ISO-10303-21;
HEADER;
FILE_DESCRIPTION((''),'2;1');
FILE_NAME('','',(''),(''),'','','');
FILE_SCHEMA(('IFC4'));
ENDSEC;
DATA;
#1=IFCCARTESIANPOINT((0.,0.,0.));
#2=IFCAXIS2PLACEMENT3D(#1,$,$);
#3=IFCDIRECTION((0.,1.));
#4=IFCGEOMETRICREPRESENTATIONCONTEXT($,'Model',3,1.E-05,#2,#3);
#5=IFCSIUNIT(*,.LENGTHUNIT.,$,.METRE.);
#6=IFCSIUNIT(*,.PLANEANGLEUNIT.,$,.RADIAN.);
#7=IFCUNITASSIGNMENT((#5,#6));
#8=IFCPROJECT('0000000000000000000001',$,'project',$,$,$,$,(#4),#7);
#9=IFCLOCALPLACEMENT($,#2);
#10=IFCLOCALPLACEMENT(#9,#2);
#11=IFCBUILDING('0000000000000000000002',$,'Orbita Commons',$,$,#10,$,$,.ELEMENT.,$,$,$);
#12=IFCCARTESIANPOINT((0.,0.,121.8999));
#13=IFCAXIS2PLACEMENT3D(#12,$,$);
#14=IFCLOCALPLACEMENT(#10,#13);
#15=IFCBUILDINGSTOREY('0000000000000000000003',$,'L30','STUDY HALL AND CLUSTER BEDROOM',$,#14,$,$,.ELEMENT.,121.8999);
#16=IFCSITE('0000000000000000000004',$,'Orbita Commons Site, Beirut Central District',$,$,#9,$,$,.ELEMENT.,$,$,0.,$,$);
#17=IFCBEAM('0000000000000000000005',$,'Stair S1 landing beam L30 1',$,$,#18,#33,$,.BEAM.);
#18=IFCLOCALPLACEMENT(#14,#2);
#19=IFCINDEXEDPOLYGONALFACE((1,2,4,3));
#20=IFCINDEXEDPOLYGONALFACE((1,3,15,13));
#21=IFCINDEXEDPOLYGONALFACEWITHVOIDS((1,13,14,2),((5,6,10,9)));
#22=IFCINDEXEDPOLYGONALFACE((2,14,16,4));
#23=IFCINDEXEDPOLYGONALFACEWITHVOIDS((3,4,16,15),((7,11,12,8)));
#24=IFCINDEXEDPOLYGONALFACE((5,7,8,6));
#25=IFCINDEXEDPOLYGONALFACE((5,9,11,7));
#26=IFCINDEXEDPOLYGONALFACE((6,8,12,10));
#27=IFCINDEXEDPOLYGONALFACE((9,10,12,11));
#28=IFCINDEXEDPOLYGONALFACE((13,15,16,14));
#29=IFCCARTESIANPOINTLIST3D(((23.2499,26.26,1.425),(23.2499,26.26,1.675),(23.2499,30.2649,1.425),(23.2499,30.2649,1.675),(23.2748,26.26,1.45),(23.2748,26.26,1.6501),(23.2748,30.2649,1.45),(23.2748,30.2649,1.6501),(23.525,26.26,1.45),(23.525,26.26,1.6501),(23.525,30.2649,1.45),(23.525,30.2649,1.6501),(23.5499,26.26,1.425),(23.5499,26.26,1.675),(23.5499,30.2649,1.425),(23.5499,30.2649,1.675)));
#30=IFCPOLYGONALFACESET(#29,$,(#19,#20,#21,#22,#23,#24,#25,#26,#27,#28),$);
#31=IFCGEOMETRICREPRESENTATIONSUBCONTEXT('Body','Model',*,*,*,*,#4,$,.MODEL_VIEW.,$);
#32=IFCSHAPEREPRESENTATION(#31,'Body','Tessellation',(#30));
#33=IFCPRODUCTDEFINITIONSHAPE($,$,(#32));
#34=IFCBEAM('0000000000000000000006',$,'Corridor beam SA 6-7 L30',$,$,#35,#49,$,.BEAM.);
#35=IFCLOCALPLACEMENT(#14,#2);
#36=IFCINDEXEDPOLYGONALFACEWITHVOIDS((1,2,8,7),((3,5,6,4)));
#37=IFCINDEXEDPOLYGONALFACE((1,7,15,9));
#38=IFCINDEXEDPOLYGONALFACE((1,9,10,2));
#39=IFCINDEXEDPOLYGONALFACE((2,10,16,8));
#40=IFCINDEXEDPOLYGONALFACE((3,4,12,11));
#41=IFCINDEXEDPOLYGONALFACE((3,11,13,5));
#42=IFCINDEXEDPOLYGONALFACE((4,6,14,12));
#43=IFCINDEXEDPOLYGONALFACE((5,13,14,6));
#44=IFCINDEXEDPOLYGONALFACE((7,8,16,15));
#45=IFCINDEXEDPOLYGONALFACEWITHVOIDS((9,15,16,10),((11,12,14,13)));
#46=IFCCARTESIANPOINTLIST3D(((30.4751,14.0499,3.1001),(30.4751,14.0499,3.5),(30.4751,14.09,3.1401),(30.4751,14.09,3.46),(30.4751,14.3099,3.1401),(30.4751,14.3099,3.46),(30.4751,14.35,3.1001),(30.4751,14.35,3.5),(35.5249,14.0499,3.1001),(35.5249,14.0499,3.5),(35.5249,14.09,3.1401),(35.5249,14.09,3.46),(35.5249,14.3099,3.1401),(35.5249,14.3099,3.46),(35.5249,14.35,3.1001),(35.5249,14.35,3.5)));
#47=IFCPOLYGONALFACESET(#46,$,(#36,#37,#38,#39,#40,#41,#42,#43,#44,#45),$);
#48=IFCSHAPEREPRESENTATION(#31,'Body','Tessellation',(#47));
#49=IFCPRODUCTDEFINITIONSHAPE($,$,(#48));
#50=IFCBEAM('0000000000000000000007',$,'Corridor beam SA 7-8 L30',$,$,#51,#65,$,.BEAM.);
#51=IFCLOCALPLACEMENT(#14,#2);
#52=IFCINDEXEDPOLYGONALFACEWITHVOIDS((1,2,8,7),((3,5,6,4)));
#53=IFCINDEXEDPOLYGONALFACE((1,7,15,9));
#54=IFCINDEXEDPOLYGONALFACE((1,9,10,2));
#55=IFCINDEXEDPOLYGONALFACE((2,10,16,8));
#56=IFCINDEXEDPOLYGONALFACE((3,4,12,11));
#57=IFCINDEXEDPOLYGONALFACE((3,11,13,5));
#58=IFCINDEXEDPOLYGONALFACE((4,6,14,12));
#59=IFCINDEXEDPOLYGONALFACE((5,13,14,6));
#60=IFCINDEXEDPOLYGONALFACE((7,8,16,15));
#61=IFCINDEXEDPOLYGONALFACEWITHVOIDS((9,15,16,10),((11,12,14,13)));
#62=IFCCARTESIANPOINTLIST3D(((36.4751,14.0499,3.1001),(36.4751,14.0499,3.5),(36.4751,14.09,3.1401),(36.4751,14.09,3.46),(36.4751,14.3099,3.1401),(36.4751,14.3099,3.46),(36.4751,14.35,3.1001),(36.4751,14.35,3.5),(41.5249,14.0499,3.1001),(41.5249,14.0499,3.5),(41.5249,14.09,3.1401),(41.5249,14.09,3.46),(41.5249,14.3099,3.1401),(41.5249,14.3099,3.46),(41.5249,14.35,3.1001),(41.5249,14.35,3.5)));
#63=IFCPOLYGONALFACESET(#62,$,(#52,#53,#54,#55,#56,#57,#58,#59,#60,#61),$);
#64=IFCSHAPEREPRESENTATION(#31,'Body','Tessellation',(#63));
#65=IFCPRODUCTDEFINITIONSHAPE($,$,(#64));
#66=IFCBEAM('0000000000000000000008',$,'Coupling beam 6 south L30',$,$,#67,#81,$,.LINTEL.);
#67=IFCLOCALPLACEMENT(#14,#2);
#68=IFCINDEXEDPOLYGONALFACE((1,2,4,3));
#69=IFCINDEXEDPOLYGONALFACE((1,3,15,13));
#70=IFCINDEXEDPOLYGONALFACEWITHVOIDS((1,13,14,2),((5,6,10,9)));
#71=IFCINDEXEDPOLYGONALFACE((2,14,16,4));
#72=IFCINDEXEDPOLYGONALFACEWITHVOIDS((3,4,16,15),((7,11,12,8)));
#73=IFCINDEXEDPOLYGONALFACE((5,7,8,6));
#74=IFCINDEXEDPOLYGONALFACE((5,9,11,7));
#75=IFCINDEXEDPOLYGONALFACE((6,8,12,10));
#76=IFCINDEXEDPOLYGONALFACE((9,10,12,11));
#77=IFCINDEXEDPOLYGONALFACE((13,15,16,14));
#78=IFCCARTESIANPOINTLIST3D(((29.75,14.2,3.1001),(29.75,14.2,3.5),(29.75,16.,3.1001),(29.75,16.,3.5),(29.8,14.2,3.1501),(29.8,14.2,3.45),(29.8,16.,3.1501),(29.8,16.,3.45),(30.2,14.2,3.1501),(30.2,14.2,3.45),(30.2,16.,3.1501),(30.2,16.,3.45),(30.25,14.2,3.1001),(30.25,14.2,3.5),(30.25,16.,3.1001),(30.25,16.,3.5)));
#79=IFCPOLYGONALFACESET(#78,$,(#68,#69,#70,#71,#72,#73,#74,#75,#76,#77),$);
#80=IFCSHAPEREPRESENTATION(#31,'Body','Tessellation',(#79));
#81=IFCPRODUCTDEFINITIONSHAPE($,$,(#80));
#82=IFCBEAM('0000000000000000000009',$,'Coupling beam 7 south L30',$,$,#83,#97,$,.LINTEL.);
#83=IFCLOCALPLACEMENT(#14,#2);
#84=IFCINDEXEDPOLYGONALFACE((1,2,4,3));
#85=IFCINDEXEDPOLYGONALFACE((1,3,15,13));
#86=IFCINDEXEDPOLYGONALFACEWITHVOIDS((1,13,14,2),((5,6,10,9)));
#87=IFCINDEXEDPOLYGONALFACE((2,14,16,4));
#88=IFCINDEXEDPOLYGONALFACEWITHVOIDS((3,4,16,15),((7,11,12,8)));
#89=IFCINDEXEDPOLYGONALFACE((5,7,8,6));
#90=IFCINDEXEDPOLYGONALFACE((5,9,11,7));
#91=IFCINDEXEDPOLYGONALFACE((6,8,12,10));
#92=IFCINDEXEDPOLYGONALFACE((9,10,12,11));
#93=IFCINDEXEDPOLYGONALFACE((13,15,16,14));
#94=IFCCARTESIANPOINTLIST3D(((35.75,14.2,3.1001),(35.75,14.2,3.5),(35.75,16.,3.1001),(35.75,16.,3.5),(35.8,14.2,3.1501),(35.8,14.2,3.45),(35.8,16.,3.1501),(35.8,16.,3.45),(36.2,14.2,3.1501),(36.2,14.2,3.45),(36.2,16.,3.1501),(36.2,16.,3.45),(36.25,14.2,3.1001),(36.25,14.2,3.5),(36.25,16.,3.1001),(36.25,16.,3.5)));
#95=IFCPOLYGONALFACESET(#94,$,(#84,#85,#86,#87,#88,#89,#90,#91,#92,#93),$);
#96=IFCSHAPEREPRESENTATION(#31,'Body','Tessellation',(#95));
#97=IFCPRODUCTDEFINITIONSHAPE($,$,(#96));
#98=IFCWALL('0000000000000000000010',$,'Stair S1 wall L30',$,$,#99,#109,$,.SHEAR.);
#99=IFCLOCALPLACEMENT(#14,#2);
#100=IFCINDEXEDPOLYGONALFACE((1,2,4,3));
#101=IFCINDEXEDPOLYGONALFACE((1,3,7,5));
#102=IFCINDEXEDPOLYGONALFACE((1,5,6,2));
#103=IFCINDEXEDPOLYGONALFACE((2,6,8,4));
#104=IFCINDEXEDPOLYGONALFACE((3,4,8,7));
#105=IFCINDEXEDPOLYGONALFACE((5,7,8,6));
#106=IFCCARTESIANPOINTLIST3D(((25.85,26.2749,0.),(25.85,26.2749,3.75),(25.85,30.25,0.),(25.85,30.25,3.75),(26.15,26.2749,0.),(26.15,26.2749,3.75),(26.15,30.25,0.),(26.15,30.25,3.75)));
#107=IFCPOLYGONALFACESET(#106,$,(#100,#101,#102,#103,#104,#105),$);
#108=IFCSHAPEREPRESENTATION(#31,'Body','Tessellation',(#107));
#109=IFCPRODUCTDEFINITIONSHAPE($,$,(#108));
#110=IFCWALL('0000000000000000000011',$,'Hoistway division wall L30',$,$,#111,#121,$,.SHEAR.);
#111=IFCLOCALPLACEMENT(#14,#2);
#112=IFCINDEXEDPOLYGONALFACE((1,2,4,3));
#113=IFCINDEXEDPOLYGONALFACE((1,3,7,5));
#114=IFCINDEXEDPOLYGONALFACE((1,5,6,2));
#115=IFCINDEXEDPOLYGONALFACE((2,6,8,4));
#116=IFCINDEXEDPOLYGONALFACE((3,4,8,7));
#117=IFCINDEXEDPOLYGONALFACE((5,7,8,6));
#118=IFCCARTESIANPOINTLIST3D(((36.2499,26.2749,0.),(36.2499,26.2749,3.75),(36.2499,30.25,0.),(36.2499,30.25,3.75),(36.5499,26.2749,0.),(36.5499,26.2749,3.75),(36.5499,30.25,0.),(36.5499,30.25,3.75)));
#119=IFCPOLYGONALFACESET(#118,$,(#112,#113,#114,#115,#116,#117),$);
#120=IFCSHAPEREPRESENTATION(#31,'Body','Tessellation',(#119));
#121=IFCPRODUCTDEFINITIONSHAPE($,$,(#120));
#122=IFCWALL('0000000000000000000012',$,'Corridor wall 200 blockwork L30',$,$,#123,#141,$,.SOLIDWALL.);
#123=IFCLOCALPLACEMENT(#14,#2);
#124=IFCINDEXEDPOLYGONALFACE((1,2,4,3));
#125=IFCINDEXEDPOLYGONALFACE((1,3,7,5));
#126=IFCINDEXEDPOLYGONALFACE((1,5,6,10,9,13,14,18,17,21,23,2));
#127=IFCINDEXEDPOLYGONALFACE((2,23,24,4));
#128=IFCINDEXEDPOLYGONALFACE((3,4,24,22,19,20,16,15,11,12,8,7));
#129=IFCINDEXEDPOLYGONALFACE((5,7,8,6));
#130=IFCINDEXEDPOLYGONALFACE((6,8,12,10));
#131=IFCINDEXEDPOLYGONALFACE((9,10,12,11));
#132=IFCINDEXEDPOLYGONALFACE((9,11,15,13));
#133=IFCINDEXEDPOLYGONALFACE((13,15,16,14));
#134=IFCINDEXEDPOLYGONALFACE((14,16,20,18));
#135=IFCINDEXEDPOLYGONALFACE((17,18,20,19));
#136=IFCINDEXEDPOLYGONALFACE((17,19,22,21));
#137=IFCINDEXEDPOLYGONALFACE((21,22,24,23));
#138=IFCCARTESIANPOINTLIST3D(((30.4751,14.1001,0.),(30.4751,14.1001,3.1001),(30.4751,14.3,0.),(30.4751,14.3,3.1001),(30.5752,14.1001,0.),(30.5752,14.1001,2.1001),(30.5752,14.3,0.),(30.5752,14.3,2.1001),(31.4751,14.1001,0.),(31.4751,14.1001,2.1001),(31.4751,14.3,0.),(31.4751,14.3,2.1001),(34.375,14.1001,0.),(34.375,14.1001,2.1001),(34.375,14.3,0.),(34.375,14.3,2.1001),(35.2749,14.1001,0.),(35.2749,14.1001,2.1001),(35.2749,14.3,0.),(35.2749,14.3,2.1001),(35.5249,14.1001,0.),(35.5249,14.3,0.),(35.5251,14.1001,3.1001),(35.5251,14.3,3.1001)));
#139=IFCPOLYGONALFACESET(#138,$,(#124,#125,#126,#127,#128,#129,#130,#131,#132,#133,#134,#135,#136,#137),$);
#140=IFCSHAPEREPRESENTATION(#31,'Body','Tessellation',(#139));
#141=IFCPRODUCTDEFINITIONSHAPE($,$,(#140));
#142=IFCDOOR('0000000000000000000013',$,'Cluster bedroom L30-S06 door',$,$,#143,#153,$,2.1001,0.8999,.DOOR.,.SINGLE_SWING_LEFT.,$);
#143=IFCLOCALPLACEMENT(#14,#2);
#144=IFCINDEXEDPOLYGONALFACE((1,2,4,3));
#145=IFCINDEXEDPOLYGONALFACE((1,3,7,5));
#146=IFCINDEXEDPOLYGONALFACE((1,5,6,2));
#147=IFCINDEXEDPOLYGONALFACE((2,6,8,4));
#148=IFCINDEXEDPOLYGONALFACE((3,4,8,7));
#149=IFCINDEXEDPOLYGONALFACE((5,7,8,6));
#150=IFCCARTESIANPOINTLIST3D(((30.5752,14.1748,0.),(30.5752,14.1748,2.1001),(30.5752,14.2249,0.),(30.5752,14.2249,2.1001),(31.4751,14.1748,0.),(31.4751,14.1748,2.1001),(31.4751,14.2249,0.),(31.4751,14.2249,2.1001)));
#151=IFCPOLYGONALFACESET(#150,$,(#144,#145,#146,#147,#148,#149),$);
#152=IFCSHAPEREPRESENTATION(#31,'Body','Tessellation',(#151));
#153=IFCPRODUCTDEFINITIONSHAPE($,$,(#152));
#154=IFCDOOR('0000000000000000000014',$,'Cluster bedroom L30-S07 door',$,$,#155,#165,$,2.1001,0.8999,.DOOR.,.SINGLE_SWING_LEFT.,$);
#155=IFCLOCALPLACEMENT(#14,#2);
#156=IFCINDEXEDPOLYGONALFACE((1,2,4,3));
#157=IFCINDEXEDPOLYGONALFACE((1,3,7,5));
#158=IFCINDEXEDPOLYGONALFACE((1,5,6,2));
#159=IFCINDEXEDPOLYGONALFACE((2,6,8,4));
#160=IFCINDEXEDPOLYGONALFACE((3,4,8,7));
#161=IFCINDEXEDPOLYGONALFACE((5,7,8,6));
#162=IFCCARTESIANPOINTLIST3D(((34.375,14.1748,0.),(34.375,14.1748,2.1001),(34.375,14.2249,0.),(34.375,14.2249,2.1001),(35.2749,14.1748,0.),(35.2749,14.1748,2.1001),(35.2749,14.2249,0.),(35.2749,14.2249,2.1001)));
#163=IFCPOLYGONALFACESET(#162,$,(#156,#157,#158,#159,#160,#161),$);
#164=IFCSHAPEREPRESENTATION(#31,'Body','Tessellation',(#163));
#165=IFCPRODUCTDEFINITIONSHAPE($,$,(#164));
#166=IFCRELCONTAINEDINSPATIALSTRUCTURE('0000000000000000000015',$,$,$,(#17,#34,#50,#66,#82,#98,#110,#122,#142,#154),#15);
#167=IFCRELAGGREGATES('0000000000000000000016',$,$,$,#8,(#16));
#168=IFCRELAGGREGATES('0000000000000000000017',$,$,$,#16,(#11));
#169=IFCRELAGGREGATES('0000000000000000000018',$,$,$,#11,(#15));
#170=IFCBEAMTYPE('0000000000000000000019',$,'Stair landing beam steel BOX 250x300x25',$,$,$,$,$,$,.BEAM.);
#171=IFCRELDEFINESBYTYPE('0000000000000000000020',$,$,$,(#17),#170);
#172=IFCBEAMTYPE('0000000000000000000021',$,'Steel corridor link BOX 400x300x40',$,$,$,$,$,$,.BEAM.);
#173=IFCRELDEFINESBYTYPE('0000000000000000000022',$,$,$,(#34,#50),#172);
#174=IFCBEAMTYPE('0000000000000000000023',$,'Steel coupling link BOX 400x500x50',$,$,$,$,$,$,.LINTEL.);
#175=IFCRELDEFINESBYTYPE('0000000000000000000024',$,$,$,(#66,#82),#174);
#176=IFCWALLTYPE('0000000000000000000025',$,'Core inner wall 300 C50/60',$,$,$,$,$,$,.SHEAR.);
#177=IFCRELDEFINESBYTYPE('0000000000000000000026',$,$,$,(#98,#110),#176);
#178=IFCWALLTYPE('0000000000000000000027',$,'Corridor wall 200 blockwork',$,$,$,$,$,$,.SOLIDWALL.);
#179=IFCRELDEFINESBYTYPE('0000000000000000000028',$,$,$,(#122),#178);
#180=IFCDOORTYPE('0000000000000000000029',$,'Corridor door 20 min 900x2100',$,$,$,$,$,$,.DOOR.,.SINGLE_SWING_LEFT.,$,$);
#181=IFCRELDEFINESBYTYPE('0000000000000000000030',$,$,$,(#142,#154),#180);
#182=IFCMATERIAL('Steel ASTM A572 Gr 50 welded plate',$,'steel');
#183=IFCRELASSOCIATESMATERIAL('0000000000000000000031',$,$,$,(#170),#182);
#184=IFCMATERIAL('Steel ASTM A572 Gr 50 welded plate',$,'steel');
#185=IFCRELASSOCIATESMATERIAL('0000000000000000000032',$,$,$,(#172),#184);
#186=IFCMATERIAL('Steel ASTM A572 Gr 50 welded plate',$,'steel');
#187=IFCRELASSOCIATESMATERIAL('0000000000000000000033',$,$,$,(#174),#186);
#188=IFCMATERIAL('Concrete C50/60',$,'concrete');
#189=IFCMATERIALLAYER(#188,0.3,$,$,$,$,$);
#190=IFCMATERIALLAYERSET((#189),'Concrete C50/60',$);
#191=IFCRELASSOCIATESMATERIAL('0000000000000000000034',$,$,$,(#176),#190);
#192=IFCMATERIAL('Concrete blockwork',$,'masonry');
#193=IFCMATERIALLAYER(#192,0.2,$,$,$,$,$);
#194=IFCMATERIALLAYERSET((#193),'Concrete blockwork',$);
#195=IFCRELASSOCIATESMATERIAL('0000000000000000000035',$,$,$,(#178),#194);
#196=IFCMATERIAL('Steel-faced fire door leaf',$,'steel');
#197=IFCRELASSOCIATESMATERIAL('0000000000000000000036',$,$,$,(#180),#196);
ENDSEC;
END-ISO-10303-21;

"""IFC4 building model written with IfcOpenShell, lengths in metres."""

from ifc_helpers import new_model, si_unit, direction, frame, frame_2d, origin, origin_2d, place, context, subcontext, project, spatial, polyline, rectangle, hollow_rectangle, outline, extrude, material, layer, layer_set, material_profile, profile_set, type_object, element, fill, save


model = new_model("IFC4")

# Units and contexts
model_context = context("Model", 3, precision=1e-05, world=origin(), true_north=direction((0.0, 1.0)))
body_context = subcontext(model_context, "Body", "Model", "MODEL_VIEW")
ifc_project = project(units=[si_unit("LENGTHUNIT", "METRE"), si_unit("PLANEANGLEUNIT", "RADIAN")], contexts=[model_context])

# Site, building, storey
site_placement = place(None, origin())
site = spatial("IfcSite", under=ifc_project, at=site_placement, Name="Orbita Commons Site, Beirut Central District", CompositionType="ELEMENT", RefElevation=0.0)
building_placement = place(site_placement, origin())
building = spatial("IfcBuilding", under=site, at=building_placement, Name="Orbita Commons", CompositionType="ELEMENT")
storey_placement = place(building_placement, frame((0.0, 0.0, 121.8999)))
storey = spatial("IfcBuildingStorey", under=building, at=storey_placement, Name="L30", Description="STUDY HALL AND CLUSTER BEDROOM", CompositionType="ELEMENT", Elevation=121.8999)

# Beams
ifc_material_1 = material(Name="Steel ASTM A572 Gr 50 welded plate", Category="steel")
ifc_material_profile_1 = material_profile(ifc_material_1, hollow_rectangle(XDim=0.3, YDim=0.25, WallThickness=0.0249, at=origin_2d()), Name="BOX 250x300x25")
ifc_profile_set_1 = profile_set([ifc_material_profile_1], Name="Steel ASTM A572 Gr 50 welded plate")
beam_type_1 = type_object("IfcBeamType", Name="Stair landing beam steel BOX 250x300x25", PredefinedType="BEAM", material=ifc_profile_set_1)
beam_placement = place(storey_placement, frame((23.3999, 26.26, 1.55), z_axis=(0.0, 1.0, 0.0), x_axis=(-1.0, 0.0, 0.0)))
element("IfcBeam", 1, at=beam_placement, inside=storey, type_object=beam_type_1, Name="Stair S1 landing beam L30 1", PredefinedType="BEAM", context=body_context, shape_type="SweptSolid", body=[
    extrude(hollow_rectangle(XDim=0.3, YDim=0.25, WallThickness=0.0249, at=origin_2d()), origin(), (0.0, 0.0, 1.0), 4.0049),
])
ifc_material_2 = material(Name="Steel ASTM A572 Gr 50 welded plate", Category="steel")
ifc_material_profile_2 = material_profile(ifc_material_2, hollow_rectangle(XDim=0.3, YDim=0.3999, WallThickness=0.04, at=origin_2d()), Name="BOX 400x300x40")
ifc_profile_set_2 = profile_set([ifc_material_profile_2], Name="Steel ASTM A572 Gr 50 welded plate")
beam_type_2 = type_object("IfcBeamType", Name="Steel corridor link BOX 400x300x40", PredefinedType="BEAM", material=ifc_profile_set_2)
for number, where, z_axis, x_axis, name in (
    (2, (30.4751, 14.2, 3.3), (1.0, 0.0, 0.0), (0.0, 1.0, 0.0), "Corridor beam SA 6-7 L30"),
    (3, (36.4751, 14.2, 3.3), (1.0, 0.0, 0.0), (0.0, 1.0, 0.0), "Corridor beam SA 7-8 L30"),
):
    element("IfcBeam", number, at=place(storey_placement, frame(where, z_axis=z_axis, x_axis=x_axis)), inside=storey, type_object=beam_type_2, Name=name, PredefinedType="BEAM", context=body_context, shape_type="SweptSolid", body=[
        extrude(hollow_rectangle(XDim=0.3, YDim=0.3999, WallThickness=0.04, at=origin_2d()), origin(), (0.0, 0.0, 1.0), 5.0498),
    ])
ifc_material_3 = material(Name="Steel ASTM A572 Gr 50 welded plate", Category="steel")
ifc_material_profile_3 = material_profile(ifc_material_3, hollow_rectangle(XDim=0.5, YDim=0.3999, WallThickness=0.05, at=origin_2d()), Name="BOX 400x500x50")
ifc_profile_set_3 = profile_set([ifc_material_profile_3], Name="Steel ASTM A572 Gr 50 welded plate")
beam_type_3 = type_object("IfcBeamType", Name="Steel coupling link BOX 400x500x50", PredefinedType="LINTEL", material=ifc_profile_set_3)
for number, where, z_axis, x_axis, name in (
    (4, (30.0, 14.2, 3.3), (0.0, 1.0, 0.0), (-1.0, 0.0, 0.0), "Coupling beam 6 south L30"),
    (5, (36.0, 14.2, 3.3), (0.0, 1.0, 0.0), (-1.0, 0.0, 0.0), "Coupling beam 7 south L30"),
):
    element("IfcBeam", number, at=place(storey_placement, frame(where, z_axis=z_axis, x_axis=x_axis)), inside=storey, type_object=beam_type_3, Name=name, PredefinedType="LINTEL", context=body_context, shape_type="SweptSolid", body=[
        extrude(hollow_rectangle(XDim=0.5, YDim=0.3999, WallThickness=0.05, at=origin_2d()), origin(), (0.0, 0.0, 1.0), 1.8),
    ])

# Walls
ifc_material_4 = material(Name="Concrete C50/60", Category="concrete")
ifc_layer_1 = layer(ifc_material_4, 0.3)
ifc_layer_set_1 = layer_set([ifc_layer_1], Name="Concrete C50/60")
wall_type_1 = type_object("IfcWallType", Name="Core inner wall 300 C50/60", PredefinedType="SHEAR", material=ifc_layer_set_1)
for number, where, z_axis, x_axis, name in (
    (6, (26.0, 26.2749, 0.0), (0.0, 0.0, 1.0), (0.0, 1.0, 0.0), "Stair S1 wall L30"),
    (7, (36.3999, 26.2749, 0.0), (0.0, 0.0, 1.0), (0.0, 1.0, 0.0), "Hoistway division wall L30"),
):
    element("IfcWall", number, at=place(storey_placement, frame(where, z_axis=z_axis, x_axis=x_axis)), inside=storey, type_object=wall_type_1, Name=name, PredefinedType="SHEAR", context=body_context, shape_type="SweptSolid", body=[
        extrude(rectangle(XDim=3.9751, YDim=0.3, at=frame_2d((1.9875, 0.0))), origin(), (0.0, 0.0, 1.0), 3.75),
    ])

# Wall, openings, doors
ifc_material_5 = material(Name="Concrete blockwork", Category="masonry")
ifc_layer_2 = layer(ifc_material_5, 0.2)
ifc_layer_set_2 = layer_set([ifc_layer_2], Name="Concrete blockwork")
wall_type_2 = type_object("IfcWallType", Name="Corridor wall 200 blockwork", PredefinedType="SOLIDWALL", material=ifc_layer_set_2)
wall_1_placement = place(storey_placement, frame((30.4751, 14.2, 0.0), z_axis=(0.0, 0.0, 1.0), x_axis=(1.0, 0.0, 0.0)))
wall_1 = element("IfcWall", 8, at=wall_1_placement, inside=storey, type_object=wall_type_2, Name="Corridor wall 200 blockwork L30", PredefinedType="SOLIDWALL", context=body_context, shape_type="SweptSolid", body=[
    extrude(outline(polyline([(0.0, 0.0), (5.0498, 0.0), (5.05, 3.1001), (0.0, 3.1001), (0.0, 0.0)])), frame((0.0, 0.1001, 0.0), z_axis=(0.0, -1.0, 0.0), x_axis=(1.0, 0.0, 0.0)), (0.0, 0.0, 1.0), 0.2),
])
opening_1_placement = place(wall_1_placement, frame((0.1001, 0.0, 0.0)))
opening_1 = element("IfcOpeningElement", 9, at=opening_1_placement, cuts=wall_1, PredefinedType="OPENING", context=body_context, shape_type="SweptSolid", body=[
    extrude(rectangle(XDim=0.8999, YDim=2.1001, at=frame_2d((0.45, 1.05))), frame((0.0, 0.1099, 0.0), z_axis=(0.0, -1.0, 0.0), x_axis=(1.0, 0.0, 0.0)), (0.0, 0.0, 1.0), 0.22),
])
opening_2_placement = place(wall_1_placement, frame((3.8999, 0.0, 0.0)))
opening_2 = element("IfcOpeningElement", 10, at=opening_2_placement, cuts=wall_1, PredefinedType="OPENING", context=body_context, shape_type="SweptSolid", body=[
    extrude(rectangle(XDim=0.8999, YDim=2.1001, at=frame_2d((0.45, 1.05))), frame((0.0, 0.1099, 0.0), z_axis=(0.0, -1.0, 0.0), x_axis=(1.0, 0.0, 0.0)), (0.0, 0.0, 1.0), 0.22),
])
ifc_material_6 = material(Name="Steel-faced fire door leaf", Category="steel")
door_type_1 = type_object("IfcDoorType", Name="Corridor door 20 min 900x2100", OperationType="SINGLE_SWING_LEFT", PredefinedType="DOOR", material=ifc_material_6)
door_1_placement = place(opening_1_placement, origin())
door_1 = element("IfcDoor", 11, at=door_1_placement, inside=storey, type_object=door_type_1, Name="Cluster bedroom L30-S06 door", OperationType="SINGLE_SWING_LEFT", OverallHeight=2.1001, OverallWidth=0.8999, PredefinedType="DOOR", context=body_context, shape_type="SweptSolid", body=[
    extrude(rectangle(XDim=0.8999, YDim=2.1001, at=frame_2d((0.45, 1.05))), frame((0.0, 0.0249, 0.0), z_axis=(0.0, -1.0, 0.0), x_axis=(1.0, 0.0, 0.0)), (0.0, 0.0, 1.0), 0.05),
])
fill(opening_1, door_1)
door_2_placement = place(opening_2_placement, origin())
door_2 = element("IfcDoor", 12, at=door_2_placement, inside=storey, type_object=door_type_1, Name="Cluster bedroom L30-S07 door", OperationType="SINGLE_SWING_LEFT", OverallHeight=2.1001, OverallWidth=0.8999, PredefinedType="DOOR", context=body_context, shape_type="SweptSolid", body=[
    extrude(rectangle(XDim=0.8999, YDim=2.1001, at=frame_2d((0.45, 1.05))), frame((0.0, 0.0249, 0.0), z_axis=(0.0, -1.0, 0.0), x_axis=(1.0, 0.0, 0.0)), (0.0, 0.0, 1.0), 0.05),
])
fill(opening_2, door_2)

save(model, "model.ifc")
